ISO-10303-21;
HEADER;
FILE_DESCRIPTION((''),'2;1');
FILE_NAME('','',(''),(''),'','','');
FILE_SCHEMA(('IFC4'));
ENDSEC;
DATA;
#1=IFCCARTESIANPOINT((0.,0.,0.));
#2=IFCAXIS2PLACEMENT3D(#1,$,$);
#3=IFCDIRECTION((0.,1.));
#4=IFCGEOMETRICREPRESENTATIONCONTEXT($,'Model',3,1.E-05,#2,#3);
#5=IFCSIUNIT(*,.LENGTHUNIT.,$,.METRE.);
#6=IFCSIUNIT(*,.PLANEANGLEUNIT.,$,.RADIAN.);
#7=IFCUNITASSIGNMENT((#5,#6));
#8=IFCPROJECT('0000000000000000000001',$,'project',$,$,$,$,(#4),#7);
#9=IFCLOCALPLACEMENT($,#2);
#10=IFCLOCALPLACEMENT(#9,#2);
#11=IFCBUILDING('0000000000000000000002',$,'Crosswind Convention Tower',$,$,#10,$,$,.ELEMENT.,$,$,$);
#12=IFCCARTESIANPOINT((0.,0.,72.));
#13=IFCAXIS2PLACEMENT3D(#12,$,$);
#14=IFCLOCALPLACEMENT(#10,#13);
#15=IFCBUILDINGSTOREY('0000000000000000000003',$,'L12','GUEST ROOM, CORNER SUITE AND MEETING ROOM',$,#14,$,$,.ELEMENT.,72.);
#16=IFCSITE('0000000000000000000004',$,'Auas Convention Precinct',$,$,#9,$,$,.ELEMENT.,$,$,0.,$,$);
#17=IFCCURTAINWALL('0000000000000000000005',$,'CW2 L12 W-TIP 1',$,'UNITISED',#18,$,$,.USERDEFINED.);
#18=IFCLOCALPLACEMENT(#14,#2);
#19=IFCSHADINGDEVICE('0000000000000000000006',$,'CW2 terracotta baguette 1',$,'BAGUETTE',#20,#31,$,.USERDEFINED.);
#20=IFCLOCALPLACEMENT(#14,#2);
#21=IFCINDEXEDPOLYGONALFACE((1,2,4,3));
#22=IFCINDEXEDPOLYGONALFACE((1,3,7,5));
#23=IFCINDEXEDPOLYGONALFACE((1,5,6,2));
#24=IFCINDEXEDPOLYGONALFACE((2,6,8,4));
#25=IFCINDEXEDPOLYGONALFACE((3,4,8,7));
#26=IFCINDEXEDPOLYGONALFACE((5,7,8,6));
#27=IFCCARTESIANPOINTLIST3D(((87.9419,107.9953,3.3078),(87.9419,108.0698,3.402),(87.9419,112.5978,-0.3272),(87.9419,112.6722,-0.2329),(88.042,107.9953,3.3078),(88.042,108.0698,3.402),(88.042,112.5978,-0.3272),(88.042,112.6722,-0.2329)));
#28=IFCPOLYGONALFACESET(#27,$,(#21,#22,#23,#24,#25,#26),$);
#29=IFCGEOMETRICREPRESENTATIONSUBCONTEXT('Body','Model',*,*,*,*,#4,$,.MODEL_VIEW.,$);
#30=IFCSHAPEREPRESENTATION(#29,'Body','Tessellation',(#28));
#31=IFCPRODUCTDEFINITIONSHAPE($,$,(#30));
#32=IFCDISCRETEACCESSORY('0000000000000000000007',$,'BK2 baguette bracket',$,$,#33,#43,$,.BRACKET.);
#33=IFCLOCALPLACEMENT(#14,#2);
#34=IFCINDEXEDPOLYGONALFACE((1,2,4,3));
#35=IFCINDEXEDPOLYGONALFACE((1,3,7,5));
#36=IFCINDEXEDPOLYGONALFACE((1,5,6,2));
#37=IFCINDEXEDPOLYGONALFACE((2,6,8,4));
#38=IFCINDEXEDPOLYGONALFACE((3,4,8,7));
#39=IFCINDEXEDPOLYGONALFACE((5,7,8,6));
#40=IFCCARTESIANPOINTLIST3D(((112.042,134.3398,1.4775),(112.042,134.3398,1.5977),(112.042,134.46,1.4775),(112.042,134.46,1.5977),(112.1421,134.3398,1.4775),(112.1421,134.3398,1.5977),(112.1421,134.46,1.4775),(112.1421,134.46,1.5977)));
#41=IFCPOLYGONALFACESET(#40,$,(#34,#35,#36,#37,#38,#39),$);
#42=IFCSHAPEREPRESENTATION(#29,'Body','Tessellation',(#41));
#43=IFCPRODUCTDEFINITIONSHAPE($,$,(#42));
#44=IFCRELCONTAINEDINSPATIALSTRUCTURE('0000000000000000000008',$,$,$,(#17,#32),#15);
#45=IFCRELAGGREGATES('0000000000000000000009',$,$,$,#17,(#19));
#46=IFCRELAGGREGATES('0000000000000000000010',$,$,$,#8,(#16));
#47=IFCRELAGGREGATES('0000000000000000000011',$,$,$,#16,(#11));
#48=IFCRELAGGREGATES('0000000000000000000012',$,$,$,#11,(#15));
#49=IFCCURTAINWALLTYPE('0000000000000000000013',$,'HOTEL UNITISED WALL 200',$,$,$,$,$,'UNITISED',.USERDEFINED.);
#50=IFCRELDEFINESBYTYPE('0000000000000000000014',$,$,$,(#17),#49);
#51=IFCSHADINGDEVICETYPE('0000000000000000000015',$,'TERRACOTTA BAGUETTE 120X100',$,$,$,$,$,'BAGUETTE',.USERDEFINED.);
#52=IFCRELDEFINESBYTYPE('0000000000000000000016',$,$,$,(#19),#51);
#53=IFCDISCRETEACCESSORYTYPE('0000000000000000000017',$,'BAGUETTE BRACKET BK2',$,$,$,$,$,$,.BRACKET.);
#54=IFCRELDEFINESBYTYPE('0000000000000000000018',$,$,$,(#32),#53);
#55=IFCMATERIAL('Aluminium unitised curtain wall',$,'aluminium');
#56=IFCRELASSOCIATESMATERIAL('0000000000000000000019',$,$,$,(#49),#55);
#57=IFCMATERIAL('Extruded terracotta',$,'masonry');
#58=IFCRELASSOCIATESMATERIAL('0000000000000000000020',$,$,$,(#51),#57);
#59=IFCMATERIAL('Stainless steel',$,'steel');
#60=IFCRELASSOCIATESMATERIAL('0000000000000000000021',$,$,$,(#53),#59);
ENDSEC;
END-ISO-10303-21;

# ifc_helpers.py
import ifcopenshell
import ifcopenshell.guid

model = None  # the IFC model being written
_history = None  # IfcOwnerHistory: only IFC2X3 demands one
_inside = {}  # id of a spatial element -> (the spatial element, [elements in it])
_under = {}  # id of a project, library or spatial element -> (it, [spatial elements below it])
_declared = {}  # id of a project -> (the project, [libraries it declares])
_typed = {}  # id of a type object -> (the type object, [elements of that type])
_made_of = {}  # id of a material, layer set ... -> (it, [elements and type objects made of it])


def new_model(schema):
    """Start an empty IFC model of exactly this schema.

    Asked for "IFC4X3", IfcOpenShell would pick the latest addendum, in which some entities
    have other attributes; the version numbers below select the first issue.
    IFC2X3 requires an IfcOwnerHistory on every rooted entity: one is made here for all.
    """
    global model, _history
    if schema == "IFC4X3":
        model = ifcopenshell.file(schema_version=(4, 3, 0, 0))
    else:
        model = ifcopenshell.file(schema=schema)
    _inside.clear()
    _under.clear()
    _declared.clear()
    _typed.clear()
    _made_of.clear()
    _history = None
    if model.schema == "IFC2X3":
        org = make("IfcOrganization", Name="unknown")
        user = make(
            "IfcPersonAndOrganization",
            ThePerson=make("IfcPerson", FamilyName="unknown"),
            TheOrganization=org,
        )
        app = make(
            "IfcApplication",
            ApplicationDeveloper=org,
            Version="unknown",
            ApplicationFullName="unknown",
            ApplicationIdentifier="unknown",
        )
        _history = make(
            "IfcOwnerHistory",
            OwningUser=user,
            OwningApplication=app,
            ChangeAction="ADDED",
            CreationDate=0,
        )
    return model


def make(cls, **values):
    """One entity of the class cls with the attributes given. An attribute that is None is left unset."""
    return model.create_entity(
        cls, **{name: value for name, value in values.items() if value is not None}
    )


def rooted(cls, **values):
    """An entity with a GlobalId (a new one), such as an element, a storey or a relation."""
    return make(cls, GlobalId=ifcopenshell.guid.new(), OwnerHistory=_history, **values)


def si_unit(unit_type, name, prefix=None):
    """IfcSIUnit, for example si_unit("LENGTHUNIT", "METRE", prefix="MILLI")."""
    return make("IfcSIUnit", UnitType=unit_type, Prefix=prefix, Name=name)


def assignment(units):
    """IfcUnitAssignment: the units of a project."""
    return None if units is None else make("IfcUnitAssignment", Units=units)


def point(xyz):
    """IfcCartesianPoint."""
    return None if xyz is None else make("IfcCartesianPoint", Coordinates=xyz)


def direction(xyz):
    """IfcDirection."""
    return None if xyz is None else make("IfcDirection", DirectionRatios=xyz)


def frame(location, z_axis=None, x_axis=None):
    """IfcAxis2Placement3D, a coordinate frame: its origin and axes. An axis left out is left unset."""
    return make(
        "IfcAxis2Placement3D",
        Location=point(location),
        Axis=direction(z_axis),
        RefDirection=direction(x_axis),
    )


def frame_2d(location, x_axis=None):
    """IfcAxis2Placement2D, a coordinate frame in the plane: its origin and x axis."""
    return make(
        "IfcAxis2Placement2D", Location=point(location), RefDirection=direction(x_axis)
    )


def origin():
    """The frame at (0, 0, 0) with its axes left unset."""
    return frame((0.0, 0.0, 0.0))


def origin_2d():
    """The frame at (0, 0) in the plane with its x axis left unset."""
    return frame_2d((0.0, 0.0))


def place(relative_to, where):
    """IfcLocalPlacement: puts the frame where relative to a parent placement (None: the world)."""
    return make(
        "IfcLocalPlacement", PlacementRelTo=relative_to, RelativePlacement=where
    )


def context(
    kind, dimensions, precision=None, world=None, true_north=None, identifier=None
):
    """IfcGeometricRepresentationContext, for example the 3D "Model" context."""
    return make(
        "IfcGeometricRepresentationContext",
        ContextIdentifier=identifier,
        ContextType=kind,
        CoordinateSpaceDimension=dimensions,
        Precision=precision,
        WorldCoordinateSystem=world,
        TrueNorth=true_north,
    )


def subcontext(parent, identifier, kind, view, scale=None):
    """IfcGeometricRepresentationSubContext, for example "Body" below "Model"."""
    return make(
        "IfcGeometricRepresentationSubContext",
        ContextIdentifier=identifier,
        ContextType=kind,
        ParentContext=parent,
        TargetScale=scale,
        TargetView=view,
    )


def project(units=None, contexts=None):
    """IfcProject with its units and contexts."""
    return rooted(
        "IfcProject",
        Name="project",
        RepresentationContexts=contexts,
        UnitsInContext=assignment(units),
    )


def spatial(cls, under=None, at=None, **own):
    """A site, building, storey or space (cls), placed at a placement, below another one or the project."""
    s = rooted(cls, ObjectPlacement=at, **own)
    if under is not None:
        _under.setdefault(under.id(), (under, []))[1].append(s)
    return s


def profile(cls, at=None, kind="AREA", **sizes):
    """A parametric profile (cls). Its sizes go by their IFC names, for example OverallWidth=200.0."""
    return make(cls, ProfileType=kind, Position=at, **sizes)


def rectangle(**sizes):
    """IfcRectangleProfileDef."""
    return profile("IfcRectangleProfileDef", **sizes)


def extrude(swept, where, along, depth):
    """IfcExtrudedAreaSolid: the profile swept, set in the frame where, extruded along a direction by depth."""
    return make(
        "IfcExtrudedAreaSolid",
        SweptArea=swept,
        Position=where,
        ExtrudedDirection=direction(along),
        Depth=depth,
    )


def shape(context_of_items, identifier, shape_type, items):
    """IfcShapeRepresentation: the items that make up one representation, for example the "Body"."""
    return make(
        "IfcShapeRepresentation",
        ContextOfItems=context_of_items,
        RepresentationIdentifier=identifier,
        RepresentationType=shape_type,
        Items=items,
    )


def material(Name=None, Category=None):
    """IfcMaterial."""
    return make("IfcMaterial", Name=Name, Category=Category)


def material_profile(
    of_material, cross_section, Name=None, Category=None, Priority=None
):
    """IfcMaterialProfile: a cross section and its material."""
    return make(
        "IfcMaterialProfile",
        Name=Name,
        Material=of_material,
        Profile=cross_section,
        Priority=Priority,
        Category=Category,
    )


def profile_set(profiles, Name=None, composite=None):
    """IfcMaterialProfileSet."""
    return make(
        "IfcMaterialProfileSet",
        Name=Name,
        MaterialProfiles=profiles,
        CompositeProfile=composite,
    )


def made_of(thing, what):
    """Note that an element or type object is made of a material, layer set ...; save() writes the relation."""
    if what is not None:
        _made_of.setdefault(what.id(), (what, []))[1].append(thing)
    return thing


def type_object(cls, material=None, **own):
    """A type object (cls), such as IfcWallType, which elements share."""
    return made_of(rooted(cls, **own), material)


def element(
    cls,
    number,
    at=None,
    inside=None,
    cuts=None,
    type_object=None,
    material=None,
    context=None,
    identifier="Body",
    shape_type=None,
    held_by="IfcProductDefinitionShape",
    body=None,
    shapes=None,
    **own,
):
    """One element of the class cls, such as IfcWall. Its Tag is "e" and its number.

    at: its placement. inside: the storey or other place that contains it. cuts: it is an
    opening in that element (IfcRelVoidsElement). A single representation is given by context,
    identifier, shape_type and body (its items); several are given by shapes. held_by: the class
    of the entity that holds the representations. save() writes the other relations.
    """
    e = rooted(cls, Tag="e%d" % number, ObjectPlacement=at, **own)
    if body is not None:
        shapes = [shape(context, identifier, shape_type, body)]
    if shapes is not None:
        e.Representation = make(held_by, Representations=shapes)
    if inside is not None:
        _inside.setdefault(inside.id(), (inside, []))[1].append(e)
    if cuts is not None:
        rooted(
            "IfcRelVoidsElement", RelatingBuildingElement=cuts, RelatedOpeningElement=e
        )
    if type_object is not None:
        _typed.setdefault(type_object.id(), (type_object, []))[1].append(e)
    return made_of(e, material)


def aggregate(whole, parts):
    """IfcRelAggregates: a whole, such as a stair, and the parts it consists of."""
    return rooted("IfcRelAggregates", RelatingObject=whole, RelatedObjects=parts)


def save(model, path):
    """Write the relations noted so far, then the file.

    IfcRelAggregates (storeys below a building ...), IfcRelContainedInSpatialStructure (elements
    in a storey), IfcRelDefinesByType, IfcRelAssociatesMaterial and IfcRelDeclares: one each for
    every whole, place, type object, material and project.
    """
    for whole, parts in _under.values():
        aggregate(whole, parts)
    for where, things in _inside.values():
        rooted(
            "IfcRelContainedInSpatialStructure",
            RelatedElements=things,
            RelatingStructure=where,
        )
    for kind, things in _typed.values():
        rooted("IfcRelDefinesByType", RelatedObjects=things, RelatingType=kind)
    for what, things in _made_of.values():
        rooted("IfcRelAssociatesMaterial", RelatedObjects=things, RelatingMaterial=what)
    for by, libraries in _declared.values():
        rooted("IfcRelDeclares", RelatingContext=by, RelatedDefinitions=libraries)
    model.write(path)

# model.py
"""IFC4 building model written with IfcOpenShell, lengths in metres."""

from ifc_helpers import new_model, si_unit, direction, frame, origin, origin_2d, place, context, subcontext, project, spatial, rectangle, extrude, material, material_profile, profile_set, type_object, element, aggregate, save


model = new_model("IFC4")

# Units and contexts
model_context = context("Model", 3, precision=1e-05, world=origin(), true_north=direction((0.0, 1.0)))
body_context = subcontext(model_context, "Body", "Model", "MODEL_VIEW")
ifc_project = project(units=[si_unit("LENGTHUNIT", "METRE"), si_unit("PLANEANGLEUNIT", "RADIAN")], contexts=[model_context])

# Site, building, storey
site_placement = place(None, origin())
site = spatial("IfcSite", under=ifc_project, at=site_placement, Name="Auas Convention Precinct", CompositionType="ELEMENT", RefElevation=0.0)
building_placement = place(site_placement, origin())
building = spatial("IfcBuilding", under=site, at=building_placement, Name="Crosswind Convention Tower", CompositionType="ELEMENT")
storey_placement = place(building_placement, frame((0.0, 0.0, 72.0)))
storey = spatial("IfcBuildingStorey", under=building, at=storey_placement, Name="L12", Description="GUEST ROOM, CORNER SUITE AND MEETING ROOM", CompositionType="ELEMENT", Elevation=72.0)

# Shared definitions
ifc_material_1 = material(Name="Aluminium unitised curtain wall", Category="aluminium")

# Shared definitions
curtain_wall_type_1 = type_object("IfcCurtainWallType", Name="HOTEL UNITISED WALL 200", ElementType="UNITISED", PredefinedType="USERDEFINED", material=ifc_material_1)

# Curtain wall
curtain_wall_1_placement = place(storey_placement, origin())
curtain_wall_1 = element("IfcCurtainWall", 1, at=curtain_wall_1_placement, inside=storey, type_object=curtain_wall_type_1, Name="CW2 L12 W-TIP 1", ObjectType="UNITISED", PredefinedType="USERDEFINED")

# Shading device
ifc_material_2 = material(Name="Extruded terracotta", Category="masonry")
ifc_material_profile_1 = material_profile(ifc_material_2, rectangle(XDim=0.1001, YDim=0.1201, at=origin_2d()), Name="TC 100X120")
ifc_profile_set_1 = profile_set([ifc_material_profile_1], Name="Extruded terracotta")
shading_device_type = type_object("IfcShadingDeviceType", Name="TERRACOTTA BAGUETTE 120X100", ElementType="BAGUETTE", PredefinedType="USERDEFINED", material=ifc_profile_set_1)
shading_device_1_placement = place(storey_placement, frame((87.9919, 112.635, -0.28), z_axis=(0.0, -0.784764, 0.619794), x_axis=(1.0, 0.0, 0.0)))
shading_device_1 = element("IfcShadingDevice", 2, at=shading_device_1_placement, type_object=shading_device_type, Name="CW2 terracotta baguette 1", ObjectType="BAGUETTE", PredefinedType="USERDEFINED", context=body_context, shape_type="SweptSolid", body=[
    extrude(rectangle(XDim=0.1001, YDim=0.1201, at=origin_2d()), origin(), (0.0, 0.0, 1.0), 5.8647),
])
aggregate(curtain_wall_1, [shading_device_1])

# Discrete accessory
ifc_material_3 = material(Name="Stainless steel", Category="steel")
discrete_accessory_type = type_object("IfcDiscreteAccessoryType", Name="BAGUETTE BRACKET BK2", PredefinedType="BRACKET", material=ifc_material_3)
discrete_accessory_placement = place(storey_placement, frame((112.092, 134.3999, 1.4775), z_axis=(0.0, 0.0, 1.0), x_axis=(0.0, -1.0, 0.0)))
element("IfcDiscreteAccessory", 3, at=discrete_accessory_placement, inside=storey, type_object=discrete_accessory_type, Name="BK2 baguette bracket", PredefinedType="BRACKET", context=body_context, shape_type="SweptSolid", body=[
    extrude(rectangle(XDim=0.1201, YDim=0.1001, at=origin_2d()), origin(), (0.0, 0.0, 1.0), 0.1201),
])

save(model, "model.ifc")
